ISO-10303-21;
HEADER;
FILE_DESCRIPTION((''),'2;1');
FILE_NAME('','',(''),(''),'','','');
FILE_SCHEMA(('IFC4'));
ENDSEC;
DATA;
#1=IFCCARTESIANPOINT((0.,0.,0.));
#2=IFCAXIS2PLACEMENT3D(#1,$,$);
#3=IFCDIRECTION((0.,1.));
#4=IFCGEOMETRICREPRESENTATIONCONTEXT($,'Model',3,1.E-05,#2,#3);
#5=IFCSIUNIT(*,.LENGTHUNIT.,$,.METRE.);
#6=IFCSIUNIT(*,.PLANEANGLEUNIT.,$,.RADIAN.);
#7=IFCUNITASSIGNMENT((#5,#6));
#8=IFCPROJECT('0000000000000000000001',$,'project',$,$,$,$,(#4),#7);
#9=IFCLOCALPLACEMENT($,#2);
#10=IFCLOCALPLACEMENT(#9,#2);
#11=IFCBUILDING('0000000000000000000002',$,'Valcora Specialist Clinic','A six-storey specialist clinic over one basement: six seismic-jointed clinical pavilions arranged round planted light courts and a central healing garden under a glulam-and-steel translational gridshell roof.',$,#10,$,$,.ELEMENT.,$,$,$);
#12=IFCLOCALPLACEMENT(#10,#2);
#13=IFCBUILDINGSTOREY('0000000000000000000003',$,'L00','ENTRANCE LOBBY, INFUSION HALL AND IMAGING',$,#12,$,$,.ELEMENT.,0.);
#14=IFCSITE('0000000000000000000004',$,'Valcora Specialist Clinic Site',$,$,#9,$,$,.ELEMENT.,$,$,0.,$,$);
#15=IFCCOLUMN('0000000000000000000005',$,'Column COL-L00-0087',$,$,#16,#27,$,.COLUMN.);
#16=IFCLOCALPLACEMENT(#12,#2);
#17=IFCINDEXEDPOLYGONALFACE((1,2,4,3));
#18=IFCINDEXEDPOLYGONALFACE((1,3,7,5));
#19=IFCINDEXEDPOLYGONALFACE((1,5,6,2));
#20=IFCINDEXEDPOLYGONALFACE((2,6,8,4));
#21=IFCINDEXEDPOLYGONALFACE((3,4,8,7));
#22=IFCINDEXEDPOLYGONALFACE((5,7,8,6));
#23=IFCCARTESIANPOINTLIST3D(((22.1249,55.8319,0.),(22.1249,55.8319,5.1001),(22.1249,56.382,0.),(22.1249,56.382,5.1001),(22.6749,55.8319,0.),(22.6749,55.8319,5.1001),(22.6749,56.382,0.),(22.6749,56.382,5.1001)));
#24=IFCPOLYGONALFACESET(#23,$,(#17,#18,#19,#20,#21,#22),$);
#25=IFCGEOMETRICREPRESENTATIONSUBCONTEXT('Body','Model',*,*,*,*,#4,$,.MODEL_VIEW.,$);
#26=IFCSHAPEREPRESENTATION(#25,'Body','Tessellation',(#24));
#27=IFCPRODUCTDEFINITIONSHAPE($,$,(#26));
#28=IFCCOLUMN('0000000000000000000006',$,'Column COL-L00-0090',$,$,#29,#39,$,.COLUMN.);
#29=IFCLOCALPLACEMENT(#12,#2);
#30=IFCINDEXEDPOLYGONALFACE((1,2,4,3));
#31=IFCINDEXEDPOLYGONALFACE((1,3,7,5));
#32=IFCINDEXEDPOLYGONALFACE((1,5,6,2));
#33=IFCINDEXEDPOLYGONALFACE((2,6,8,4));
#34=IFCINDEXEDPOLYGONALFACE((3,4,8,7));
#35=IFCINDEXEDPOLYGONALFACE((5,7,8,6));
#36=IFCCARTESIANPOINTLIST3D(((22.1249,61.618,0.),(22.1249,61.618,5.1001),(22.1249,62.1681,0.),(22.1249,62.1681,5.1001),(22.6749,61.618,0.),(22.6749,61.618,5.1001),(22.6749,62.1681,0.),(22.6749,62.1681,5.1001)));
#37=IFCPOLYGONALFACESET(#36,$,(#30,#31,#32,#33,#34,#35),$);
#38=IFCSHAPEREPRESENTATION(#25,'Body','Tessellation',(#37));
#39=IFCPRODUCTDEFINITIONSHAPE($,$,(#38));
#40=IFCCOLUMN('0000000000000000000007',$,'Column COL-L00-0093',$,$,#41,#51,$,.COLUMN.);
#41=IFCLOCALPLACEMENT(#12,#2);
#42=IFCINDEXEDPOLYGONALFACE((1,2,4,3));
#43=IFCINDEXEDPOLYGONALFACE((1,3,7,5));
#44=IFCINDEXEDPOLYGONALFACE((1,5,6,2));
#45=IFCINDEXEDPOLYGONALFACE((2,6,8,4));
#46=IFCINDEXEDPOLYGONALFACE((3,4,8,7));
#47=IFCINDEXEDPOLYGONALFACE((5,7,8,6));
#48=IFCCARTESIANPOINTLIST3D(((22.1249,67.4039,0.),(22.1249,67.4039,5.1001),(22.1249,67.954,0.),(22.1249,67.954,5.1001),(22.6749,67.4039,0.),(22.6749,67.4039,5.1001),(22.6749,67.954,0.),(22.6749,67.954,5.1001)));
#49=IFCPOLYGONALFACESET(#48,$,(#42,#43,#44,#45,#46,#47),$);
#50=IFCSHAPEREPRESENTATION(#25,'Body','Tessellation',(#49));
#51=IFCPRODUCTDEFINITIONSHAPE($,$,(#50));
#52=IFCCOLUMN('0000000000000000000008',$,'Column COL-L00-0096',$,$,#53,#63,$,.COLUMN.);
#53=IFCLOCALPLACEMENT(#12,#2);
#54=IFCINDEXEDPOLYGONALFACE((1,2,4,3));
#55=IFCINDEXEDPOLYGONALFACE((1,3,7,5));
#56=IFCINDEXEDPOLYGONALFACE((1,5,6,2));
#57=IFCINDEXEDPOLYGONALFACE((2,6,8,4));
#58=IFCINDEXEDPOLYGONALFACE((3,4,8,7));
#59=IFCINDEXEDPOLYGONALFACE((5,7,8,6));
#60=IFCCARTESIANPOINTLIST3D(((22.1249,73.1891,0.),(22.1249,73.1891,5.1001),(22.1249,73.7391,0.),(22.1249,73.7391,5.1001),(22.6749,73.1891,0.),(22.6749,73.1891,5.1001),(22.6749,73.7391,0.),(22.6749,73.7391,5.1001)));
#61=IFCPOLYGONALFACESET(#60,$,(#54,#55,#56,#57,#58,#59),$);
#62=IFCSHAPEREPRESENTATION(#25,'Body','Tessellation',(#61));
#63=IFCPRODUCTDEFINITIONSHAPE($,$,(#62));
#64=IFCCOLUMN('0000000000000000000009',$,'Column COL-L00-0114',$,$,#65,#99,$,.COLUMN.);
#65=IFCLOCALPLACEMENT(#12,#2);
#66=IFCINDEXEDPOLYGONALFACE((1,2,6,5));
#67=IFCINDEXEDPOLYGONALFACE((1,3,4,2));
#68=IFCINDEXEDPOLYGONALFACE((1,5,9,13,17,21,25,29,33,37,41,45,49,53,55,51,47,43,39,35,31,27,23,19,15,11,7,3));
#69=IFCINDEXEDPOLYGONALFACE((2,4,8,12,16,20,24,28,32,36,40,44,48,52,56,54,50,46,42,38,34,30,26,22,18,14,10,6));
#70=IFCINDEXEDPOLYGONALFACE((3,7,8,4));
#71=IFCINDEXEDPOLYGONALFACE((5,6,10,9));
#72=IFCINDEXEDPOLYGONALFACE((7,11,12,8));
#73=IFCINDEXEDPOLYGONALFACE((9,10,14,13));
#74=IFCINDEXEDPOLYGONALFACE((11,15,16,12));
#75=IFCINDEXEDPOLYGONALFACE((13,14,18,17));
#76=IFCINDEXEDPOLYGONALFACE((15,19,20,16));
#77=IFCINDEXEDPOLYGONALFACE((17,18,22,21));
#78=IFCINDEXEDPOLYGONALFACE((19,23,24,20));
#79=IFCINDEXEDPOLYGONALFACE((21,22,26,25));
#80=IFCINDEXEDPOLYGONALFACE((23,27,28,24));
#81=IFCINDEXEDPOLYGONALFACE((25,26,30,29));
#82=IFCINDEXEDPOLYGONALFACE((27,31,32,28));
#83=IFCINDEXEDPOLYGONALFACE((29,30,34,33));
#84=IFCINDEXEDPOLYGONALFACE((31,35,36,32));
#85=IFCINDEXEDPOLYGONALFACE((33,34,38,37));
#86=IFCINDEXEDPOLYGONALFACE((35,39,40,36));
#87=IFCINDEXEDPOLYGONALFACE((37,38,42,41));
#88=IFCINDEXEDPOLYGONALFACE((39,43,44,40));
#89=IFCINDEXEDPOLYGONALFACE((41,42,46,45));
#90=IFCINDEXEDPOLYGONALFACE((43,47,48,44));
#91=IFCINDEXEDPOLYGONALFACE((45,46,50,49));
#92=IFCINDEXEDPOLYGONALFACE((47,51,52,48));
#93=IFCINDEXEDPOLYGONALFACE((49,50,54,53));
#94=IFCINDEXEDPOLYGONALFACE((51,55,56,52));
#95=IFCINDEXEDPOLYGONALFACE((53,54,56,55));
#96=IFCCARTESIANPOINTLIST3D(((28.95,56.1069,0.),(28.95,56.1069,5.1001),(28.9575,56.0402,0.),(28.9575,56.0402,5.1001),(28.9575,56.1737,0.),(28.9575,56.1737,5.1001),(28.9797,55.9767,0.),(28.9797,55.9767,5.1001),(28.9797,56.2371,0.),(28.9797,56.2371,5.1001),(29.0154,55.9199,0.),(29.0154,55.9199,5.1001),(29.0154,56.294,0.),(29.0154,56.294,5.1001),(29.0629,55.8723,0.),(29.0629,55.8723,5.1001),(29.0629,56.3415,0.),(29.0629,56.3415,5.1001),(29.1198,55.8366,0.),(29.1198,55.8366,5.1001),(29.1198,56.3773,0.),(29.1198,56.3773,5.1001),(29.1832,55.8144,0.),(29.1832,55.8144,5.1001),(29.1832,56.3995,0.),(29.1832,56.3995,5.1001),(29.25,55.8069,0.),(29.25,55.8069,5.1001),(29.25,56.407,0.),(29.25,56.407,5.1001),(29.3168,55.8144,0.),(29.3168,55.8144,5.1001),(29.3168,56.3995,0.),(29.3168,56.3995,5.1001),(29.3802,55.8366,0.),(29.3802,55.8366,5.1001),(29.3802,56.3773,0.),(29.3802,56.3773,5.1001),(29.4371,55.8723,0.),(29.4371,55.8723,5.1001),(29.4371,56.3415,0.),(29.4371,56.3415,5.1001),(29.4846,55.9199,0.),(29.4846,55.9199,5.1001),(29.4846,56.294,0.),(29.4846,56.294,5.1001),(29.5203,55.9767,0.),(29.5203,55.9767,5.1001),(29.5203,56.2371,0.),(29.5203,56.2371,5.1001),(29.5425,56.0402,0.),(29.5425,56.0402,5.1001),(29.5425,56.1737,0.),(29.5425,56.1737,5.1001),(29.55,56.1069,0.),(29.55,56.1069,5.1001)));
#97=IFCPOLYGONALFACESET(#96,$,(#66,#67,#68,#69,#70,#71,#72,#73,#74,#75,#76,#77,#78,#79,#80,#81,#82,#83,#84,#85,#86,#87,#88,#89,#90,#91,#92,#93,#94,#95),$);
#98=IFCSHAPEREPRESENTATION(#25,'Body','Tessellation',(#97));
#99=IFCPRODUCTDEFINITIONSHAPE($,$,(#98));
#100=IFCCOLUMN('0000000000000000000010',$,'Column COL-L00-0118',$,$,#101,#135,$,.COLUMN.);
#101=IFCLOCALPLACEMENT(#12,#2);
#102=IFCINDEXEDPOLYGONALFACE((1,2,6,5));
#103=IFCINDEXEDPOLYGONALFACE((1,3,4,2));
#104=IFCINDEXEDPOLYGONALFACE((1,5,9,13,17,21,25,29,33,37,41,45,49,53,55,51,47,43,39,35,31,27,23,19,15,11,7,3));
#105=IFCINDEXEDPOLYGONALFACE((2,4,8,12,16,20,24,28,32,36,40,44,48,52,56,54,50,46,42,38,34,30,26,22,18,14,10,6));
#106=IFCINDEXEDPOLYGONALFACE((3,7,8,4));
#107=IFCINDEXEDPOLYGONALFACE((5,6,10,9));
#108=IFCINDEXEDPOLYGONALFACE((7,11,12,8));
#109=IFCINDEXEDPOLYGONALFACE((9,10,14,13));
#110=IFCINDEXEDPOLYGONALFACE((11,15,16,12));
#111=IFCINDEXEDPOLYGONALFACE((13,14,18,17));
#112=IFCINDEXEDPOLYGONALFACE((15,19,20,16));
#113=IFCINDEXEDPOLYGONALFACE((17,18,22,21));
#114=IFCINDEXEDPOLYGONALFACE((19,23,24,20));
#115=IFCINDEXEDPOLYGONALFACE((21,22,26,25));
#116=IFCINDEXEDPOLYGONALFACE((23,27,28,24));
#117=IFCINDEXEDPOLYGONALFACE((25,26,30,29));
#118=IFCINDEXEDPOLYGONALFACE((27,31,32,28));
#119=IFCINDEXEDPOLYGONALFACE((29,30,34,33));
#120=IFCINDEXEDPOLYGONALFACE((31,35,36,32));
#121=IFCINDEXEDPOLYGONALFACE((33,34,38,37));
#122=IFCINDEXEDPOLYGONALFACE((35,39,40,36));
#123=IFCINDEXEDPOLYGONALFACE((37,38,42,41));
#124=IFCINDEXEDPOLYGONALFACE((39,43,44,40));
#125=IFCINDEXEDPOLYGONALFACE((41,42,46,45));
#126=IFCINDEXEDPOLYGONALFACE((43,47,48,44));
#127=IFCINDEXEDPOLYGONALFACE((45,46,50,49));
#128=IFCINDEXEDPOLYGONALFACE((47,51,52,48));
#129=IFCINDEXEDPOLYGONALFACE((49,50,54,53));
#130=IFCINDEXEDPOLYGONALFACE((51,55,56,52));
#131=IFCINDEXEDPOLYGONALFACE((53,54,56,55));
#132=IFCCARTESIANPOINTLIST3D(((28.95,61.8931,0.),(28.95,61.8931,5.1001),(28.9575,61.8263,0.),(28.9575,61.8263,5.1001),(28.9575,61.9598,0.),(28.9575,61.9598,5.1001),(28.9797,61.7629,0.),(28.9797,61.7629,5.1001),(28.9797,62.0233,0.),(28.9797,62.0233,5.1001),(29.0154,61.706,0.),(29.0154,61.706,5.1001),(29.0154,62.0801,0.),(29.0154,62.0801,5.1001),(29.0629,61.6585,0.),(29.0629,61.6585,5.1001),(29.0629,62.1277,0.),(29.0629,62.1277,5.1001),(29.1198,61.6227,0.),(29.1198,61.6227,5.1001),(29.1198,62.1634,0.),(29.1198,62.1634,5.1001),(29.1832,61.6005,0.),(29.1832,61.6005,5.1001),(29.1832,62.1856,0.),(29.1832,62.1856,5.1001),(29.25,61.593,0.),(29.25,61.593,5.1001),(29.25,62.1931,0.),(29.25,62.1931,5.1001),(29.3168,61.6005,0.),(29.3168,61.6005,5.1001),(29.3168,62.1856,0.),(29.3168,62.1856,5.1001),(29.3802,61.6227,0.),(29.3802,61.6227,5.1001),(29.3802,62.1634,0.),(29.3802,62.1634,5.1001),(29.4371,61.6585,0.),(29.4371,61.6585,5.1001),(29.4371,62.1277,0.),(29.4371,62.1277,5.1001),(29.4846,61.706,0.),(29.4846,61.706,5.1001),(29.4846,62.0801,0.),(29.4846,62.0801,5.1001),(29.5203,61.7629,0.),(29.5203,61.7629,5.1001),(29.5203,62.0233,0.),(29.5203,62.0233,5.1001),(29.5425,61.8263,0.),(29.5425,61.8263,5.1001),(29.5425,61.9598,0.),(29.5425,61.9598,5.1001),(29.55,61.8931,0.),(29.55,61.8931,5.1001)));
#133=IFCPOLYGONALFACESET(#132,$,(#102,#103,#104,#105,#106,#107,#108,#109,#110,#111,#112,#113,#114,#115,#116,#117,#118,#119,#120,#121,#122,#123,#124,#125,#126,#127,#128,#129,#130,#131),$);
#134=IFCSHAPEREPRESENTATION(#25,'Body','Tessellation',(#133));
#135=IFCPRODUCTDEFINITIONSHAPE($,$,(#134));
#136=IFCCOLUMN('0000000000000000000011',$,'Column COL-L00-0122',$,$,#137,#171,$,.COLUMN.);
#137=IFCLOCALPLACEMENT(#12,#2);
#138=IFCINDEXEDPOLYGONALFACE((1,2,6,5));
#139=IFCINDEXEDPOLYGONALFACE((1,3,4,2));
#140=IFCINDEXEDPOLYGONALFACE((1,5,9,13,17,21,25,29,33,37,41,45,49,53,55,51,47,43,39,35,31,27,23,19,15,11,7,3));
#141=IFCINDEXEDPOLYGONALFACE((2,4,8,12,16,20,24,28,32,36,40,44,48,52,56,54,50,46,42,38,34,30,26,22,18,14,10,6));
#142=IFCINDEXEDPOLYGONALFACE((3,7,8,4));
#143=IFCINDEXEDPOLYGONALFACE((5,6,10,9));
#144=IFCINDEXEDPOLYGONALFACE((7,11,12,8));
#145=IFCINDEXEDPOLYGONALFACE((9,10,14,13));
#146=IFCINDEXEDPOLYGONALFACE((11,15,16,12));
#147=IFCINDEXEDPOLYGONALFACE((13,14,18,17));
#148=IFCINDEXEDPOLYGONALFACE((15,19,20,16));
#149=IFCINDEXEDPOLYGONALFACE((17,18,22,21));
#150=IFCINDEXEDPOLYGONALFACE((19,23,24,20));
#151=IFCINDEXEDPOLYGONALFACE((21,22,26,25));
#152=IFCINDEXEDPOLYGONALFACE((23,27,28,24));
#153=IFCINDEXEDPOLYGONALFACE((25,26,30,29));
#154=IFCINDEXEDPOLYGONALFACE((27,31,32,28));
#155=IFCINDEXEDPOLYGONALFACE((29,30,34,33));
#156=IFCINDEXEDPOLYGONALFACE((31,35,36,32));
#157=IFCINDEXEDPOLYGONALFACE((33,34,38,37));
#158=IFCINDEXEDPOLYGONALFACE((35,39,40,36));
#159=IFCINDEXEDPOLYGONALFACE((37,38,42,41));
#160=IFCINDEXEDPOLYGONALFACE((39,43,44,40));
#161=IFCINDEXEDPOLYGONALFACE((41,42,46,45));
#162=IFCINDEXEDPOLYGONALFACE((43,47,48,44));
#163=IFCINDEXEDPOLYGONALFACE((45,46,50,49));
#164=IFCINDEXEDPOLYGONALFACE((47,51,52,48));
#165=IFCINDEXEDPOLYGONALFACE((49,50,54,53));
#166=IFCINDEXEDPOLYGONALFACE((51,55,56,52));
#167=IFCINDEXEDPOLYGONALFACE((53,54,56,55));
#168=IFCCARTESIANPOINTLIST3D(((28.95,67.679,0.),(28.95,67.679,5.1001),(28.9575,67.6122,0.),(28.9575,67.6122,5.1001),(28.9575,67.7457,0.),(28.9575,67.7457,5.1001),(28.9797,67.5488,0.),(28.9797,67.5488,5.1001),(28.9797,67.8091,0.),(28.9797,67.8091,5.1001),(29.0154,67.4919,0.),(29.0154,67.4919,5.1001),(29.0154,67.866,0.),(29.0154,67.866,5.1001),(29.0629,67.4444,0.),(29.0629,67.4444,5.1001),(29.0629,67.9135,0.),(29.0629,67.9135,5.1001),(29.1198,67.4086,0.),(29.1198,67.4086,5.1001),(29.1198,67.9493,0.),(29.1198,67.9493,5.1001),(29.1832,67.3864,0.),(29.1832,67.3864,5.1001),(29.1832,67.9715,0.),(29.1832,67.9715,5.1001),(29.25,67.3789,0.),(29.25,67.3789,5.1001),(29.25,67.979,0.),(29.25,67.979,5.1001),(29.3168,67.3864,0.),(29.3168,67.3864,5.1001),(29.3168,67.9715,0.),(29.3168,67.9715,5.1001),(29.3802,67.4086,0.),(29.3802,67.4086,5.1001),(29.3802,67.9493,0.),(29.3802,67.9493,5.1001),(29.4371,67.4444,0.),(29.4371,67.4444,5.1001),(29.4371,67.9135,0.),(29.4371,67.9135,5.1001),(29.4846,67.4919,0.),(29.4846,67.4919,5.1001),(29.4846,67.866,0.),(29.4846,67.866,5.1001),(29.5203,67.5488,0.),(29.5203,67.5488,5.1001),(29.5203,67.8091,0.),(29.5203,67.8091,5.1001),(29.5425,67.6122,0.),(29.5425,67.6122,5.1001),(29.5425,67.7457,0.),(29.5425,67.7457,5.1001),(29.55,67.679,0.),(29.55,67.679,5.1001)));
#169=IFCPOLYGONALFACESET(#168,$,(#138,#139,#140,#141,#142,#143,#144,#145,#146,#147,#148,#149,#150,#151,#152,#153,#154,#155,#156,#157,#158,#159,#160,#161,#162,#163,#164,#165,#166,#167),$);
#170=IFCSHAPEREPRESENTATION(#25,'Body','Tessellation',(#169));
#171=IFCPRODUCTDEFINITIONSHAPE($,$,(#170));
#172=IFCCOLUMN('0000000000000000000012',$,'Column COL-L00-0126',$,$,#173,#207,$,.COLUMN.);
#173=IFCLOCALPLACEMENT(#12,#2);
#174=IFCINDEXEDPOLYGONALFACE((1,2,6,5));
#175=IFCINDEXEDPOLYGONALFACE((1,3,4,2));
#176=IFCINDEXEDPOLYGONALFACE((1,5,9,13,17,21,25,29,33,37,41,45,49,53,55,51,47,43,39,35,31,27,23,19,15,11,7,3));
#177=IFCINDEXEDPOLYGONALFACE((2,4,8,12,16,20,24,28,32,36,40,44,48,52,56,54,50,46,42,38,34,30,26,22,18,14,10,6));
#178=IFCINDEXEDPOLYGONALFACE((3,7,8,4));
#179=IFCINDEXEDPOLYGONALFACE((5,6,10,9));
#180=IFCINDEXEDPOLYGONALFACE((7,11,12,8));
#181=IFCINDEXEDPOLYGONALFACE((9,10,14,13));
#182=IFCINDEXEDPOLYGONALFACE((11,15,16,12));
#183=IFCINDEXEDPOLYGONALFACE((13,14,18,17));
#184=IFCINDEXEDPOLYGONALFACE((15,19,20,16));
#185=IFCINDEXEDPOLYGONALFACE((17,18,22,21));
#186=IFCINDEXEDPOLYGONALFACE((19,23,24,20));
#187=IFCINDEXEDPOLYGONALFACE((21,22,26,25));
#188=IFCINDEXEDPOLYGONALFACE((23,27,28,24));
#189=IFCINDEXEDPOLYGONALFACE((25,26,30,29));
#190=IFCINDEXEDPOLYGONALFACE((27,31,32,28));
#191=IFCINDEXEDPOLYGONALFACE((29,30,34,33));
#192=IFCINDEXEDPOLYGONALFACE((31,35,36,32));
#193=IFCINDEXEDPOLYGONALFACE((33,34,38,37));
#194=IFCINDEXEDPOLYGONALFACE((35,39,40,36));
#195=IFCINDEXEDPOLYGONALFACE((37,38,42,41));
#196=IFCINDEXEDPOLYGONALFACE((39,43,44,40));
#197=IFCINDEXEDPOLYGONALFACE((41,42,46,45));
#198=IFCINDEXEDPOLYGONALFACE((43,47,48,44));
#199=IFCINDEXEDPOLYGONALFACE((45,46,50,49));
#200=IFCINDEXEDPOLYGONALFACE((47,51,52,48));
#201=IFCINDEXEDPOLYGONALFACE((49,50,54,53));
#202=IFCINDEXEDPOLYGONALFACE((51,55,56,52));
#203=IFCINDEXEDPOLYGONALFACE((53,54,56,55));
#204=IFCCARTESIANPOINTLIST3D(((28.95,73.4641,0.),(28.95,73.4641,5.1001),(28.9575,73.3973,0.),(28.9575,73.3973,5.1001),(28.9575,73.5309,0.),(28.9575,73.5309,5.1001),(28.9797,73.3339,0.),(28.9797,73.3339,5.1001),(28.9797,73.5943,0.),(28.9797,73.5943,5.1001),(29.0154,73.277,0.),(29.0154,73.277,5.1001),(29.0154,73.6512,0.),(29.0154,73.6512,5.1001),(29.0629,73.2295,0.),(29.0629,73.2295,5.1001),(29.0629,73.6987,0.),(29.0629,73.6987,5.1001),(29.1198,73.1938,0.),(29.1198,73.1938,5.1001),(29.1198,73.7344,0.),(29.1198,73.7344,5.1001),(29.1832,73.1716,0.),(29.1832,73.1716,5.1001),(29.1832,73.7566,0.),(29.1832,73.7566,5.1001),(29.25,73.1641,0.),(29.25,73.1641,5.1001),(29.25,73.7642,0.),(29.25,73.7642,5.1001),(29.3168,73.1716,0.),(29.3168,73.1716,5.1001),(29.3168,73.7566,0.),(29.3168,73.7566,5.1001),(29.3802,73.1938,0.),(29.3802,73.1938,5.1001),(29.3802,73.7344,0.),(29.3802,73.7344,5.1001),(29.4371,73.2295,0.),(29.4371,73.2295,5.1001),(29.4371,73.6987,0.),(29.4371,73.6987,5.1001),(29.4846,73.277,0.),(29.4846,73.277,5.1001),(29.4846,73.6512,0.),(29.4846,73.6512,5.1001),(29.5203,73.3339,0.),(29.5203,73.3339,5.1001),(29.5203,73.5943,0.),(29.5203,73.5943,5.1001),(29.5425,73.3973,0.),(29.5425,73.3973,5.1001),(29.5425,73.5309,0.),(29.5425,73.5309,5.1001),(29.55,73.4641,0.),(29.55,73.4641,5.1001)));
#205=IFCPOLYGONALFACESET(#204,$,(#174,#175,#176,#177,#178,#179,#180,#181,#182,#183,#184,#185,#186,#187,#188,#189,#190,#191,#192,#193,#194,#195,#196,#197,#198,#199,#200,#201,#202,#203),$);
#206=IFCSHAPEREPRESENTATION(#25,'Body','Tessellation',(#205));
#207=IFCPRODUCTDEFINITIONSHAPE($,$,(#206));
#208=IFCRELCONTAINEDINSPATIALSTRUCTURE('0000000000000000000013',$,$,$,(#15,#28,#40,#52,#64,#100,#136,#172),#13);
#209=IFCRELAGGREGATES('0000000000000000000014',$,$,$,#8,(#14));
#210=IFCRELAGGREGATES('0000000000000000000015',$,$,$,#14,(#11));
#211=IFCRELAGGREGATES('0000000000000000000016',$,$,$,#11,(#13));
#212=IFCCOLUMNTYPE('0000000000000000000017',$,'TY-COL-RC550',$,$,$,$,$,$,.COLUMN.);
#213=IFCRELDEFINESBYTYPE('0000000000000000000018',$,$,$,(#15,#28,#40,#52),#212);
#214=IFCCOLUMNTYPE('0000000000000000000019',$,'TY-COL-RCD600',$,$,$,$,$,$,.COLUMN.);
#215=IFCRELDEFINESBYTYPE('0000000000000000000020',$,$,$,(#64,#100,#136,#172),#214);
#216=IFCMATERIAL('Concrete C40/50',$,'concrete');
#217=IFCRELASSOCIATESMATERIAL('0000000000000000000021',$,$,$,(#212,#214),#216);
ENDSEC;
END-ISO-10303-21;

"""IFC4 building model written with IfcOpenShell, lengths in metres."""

from ifc_helpers import new_model, si_unit, direction, frame, origin, origin_2d, place, context, subcontext, project, spatial, rectangle, circle, extrude, material, material_profile, profile_set, type_object, element, save


model = new_model("IFC4")

# Units and contexts
model_context = context("Model", 3, precision=1e-05, world=origin(), true_north=direction((0.0, 1.0)))
body_context = subcontext(model_context, "Body", "Model", "MODEL_VIEW")
ifc_project = project(units=[si_unit("LENGTHUNIT", "METRE"), si_unit("PLANEANGLEUNIT", "RADIAN")], contexts=[model_context])

# Site, building, storey
site_placement = place(None, origin())
site = spatial("IfcSite", under=ifc_project, at=site_placement, Name="Valcora Specialist Clinic Site", CompositionType="ELEMENT", RefElevation=0.0)
building_placement = place(site_placement, origin())
building = spatial("IfcBuilding", under=site, at=building_placement, Name="Valcora Specialist Clinic", Description="A six-storey specialist clinic over one basement: six seismic-jointed clinical pavilions arranged round planted light courts and a central healing garden under a glulam-and-steel translational gridshell roof.", CompositionType="ELEMENT")
storey_placement = place(building_placement, origin())
storey = spatial("IfcBuildingStorey", under=building, at=storey_placement, Name="L00", Description="ENTRANCE LOBBY, INFUSION HALL AND IMAGING", CompositionType="ELEMENT", Elevation=0.0)

# Columns
ifc_material_1 = material(Name="Concrete C40/50", Category="concrete")
ifc_material_profile_1 = material_profile(ifc_material_1, rectangle(XDim=0.55, YDim=0.55, at=origin_2d()), Name="RC-COL-550X550")
ifc_profile_set_1 = profile_set([ifc_material_profile_1], Name="Concrete C40/50")
column_type_1 = type_object("IfcColumnType", Name="TY-COL-RC550", PredefinedType="COLUMN", material=ifc_profile_set_1)
for number, where, z_axis, x_axis, name in (
    (1, (22.3999, 56.1069, 0.0), (0.0, 0.0, 1.0), (1.0, 0.0, 0.0), "Column COL-L00-0087"),
    (2, (22.3999, 61.8931, 0.0), (0.0, 0.0, 1.0), (1.0, 0.0, 0.0), "Column COL-L00-0090"),
    (3, (22.3999, 67.679, 0.0), (0.0, 0.0, 1.0), (1.0, 0.0, 0.0), "Column COL-L00-0093"),
    (4, (22.3999, 73.4641, 0.0), (0.0, 0.0, 1.0), (1.0, 0.0, 0.0), "Column COL-L00-0096"),
):
    element("IfcColumn", number, at=place(storey_placement, frame(where, z_axis=z_axis, x_axis=x_axis)), inside=storey, type_object=column_type_1, Name=name, PredefinedType="COLUMN", context=body_context, shape_type="SweptSolid", body=[
        extrude(rectangle(XDim=0.55, YDim=0.55, at=origin_2d()), origin(), (0.0, 0.0, 1.0), 5.1001),
    ])
ifc_material_profile_2 = material_profile(ifc_material_1, circle(Radius=0.3, at=origin_2d()), Name="RC-COL-D600")
ifc_profile_set_2 = profile_set([ifc_material_profile_2], Name="Concrete C40/50")
column_type_2 = type_object("IfcColumnType", Name="TY-COL-RCD600", PredefinedType="COLUMN", material=ifc_profile_set_2)
for number, where, z_axis, x_axis, name in (
    (5, (29.25, 56.1069, 0.0), (0.0, 0.0, 1.0), (1.0, 0.0, 0.0), "Column COL-L00-0114"),
    (6, (29.25, 61.8931, 0.0), (0.0, 0.0, 1.0), (1.0, 0.0, 0.0), "Column COL-L00-0118"),
    (7, (29.25, 67.679, 0.0), (0.0, 0.0, 1.0), (1.0, 0.0, 0.0), "Column COL-L00-0122"),
    (8, (29.25, 73.4641, 0.0), (0.0, 0.0, 1.0), (1.0, 0.0, 0.0), "Column COL-L00-0126"),
):
    element("IfcColumn", number, at=place(storey_placement, frame(where, z_axis=z_axis, x_axis=x_axis)), inside=storey, type_object=column_type_2, Name=name, PredefinedType="COLUMN", context=body_context, shape_type="SweptSolid", body=[
        extrude(circle(Radius=0.3, at=origin_2d()), origin(), (0.0, 0.0, 1.0), 5.1001),
    ])

save(model, "model.ifc")
